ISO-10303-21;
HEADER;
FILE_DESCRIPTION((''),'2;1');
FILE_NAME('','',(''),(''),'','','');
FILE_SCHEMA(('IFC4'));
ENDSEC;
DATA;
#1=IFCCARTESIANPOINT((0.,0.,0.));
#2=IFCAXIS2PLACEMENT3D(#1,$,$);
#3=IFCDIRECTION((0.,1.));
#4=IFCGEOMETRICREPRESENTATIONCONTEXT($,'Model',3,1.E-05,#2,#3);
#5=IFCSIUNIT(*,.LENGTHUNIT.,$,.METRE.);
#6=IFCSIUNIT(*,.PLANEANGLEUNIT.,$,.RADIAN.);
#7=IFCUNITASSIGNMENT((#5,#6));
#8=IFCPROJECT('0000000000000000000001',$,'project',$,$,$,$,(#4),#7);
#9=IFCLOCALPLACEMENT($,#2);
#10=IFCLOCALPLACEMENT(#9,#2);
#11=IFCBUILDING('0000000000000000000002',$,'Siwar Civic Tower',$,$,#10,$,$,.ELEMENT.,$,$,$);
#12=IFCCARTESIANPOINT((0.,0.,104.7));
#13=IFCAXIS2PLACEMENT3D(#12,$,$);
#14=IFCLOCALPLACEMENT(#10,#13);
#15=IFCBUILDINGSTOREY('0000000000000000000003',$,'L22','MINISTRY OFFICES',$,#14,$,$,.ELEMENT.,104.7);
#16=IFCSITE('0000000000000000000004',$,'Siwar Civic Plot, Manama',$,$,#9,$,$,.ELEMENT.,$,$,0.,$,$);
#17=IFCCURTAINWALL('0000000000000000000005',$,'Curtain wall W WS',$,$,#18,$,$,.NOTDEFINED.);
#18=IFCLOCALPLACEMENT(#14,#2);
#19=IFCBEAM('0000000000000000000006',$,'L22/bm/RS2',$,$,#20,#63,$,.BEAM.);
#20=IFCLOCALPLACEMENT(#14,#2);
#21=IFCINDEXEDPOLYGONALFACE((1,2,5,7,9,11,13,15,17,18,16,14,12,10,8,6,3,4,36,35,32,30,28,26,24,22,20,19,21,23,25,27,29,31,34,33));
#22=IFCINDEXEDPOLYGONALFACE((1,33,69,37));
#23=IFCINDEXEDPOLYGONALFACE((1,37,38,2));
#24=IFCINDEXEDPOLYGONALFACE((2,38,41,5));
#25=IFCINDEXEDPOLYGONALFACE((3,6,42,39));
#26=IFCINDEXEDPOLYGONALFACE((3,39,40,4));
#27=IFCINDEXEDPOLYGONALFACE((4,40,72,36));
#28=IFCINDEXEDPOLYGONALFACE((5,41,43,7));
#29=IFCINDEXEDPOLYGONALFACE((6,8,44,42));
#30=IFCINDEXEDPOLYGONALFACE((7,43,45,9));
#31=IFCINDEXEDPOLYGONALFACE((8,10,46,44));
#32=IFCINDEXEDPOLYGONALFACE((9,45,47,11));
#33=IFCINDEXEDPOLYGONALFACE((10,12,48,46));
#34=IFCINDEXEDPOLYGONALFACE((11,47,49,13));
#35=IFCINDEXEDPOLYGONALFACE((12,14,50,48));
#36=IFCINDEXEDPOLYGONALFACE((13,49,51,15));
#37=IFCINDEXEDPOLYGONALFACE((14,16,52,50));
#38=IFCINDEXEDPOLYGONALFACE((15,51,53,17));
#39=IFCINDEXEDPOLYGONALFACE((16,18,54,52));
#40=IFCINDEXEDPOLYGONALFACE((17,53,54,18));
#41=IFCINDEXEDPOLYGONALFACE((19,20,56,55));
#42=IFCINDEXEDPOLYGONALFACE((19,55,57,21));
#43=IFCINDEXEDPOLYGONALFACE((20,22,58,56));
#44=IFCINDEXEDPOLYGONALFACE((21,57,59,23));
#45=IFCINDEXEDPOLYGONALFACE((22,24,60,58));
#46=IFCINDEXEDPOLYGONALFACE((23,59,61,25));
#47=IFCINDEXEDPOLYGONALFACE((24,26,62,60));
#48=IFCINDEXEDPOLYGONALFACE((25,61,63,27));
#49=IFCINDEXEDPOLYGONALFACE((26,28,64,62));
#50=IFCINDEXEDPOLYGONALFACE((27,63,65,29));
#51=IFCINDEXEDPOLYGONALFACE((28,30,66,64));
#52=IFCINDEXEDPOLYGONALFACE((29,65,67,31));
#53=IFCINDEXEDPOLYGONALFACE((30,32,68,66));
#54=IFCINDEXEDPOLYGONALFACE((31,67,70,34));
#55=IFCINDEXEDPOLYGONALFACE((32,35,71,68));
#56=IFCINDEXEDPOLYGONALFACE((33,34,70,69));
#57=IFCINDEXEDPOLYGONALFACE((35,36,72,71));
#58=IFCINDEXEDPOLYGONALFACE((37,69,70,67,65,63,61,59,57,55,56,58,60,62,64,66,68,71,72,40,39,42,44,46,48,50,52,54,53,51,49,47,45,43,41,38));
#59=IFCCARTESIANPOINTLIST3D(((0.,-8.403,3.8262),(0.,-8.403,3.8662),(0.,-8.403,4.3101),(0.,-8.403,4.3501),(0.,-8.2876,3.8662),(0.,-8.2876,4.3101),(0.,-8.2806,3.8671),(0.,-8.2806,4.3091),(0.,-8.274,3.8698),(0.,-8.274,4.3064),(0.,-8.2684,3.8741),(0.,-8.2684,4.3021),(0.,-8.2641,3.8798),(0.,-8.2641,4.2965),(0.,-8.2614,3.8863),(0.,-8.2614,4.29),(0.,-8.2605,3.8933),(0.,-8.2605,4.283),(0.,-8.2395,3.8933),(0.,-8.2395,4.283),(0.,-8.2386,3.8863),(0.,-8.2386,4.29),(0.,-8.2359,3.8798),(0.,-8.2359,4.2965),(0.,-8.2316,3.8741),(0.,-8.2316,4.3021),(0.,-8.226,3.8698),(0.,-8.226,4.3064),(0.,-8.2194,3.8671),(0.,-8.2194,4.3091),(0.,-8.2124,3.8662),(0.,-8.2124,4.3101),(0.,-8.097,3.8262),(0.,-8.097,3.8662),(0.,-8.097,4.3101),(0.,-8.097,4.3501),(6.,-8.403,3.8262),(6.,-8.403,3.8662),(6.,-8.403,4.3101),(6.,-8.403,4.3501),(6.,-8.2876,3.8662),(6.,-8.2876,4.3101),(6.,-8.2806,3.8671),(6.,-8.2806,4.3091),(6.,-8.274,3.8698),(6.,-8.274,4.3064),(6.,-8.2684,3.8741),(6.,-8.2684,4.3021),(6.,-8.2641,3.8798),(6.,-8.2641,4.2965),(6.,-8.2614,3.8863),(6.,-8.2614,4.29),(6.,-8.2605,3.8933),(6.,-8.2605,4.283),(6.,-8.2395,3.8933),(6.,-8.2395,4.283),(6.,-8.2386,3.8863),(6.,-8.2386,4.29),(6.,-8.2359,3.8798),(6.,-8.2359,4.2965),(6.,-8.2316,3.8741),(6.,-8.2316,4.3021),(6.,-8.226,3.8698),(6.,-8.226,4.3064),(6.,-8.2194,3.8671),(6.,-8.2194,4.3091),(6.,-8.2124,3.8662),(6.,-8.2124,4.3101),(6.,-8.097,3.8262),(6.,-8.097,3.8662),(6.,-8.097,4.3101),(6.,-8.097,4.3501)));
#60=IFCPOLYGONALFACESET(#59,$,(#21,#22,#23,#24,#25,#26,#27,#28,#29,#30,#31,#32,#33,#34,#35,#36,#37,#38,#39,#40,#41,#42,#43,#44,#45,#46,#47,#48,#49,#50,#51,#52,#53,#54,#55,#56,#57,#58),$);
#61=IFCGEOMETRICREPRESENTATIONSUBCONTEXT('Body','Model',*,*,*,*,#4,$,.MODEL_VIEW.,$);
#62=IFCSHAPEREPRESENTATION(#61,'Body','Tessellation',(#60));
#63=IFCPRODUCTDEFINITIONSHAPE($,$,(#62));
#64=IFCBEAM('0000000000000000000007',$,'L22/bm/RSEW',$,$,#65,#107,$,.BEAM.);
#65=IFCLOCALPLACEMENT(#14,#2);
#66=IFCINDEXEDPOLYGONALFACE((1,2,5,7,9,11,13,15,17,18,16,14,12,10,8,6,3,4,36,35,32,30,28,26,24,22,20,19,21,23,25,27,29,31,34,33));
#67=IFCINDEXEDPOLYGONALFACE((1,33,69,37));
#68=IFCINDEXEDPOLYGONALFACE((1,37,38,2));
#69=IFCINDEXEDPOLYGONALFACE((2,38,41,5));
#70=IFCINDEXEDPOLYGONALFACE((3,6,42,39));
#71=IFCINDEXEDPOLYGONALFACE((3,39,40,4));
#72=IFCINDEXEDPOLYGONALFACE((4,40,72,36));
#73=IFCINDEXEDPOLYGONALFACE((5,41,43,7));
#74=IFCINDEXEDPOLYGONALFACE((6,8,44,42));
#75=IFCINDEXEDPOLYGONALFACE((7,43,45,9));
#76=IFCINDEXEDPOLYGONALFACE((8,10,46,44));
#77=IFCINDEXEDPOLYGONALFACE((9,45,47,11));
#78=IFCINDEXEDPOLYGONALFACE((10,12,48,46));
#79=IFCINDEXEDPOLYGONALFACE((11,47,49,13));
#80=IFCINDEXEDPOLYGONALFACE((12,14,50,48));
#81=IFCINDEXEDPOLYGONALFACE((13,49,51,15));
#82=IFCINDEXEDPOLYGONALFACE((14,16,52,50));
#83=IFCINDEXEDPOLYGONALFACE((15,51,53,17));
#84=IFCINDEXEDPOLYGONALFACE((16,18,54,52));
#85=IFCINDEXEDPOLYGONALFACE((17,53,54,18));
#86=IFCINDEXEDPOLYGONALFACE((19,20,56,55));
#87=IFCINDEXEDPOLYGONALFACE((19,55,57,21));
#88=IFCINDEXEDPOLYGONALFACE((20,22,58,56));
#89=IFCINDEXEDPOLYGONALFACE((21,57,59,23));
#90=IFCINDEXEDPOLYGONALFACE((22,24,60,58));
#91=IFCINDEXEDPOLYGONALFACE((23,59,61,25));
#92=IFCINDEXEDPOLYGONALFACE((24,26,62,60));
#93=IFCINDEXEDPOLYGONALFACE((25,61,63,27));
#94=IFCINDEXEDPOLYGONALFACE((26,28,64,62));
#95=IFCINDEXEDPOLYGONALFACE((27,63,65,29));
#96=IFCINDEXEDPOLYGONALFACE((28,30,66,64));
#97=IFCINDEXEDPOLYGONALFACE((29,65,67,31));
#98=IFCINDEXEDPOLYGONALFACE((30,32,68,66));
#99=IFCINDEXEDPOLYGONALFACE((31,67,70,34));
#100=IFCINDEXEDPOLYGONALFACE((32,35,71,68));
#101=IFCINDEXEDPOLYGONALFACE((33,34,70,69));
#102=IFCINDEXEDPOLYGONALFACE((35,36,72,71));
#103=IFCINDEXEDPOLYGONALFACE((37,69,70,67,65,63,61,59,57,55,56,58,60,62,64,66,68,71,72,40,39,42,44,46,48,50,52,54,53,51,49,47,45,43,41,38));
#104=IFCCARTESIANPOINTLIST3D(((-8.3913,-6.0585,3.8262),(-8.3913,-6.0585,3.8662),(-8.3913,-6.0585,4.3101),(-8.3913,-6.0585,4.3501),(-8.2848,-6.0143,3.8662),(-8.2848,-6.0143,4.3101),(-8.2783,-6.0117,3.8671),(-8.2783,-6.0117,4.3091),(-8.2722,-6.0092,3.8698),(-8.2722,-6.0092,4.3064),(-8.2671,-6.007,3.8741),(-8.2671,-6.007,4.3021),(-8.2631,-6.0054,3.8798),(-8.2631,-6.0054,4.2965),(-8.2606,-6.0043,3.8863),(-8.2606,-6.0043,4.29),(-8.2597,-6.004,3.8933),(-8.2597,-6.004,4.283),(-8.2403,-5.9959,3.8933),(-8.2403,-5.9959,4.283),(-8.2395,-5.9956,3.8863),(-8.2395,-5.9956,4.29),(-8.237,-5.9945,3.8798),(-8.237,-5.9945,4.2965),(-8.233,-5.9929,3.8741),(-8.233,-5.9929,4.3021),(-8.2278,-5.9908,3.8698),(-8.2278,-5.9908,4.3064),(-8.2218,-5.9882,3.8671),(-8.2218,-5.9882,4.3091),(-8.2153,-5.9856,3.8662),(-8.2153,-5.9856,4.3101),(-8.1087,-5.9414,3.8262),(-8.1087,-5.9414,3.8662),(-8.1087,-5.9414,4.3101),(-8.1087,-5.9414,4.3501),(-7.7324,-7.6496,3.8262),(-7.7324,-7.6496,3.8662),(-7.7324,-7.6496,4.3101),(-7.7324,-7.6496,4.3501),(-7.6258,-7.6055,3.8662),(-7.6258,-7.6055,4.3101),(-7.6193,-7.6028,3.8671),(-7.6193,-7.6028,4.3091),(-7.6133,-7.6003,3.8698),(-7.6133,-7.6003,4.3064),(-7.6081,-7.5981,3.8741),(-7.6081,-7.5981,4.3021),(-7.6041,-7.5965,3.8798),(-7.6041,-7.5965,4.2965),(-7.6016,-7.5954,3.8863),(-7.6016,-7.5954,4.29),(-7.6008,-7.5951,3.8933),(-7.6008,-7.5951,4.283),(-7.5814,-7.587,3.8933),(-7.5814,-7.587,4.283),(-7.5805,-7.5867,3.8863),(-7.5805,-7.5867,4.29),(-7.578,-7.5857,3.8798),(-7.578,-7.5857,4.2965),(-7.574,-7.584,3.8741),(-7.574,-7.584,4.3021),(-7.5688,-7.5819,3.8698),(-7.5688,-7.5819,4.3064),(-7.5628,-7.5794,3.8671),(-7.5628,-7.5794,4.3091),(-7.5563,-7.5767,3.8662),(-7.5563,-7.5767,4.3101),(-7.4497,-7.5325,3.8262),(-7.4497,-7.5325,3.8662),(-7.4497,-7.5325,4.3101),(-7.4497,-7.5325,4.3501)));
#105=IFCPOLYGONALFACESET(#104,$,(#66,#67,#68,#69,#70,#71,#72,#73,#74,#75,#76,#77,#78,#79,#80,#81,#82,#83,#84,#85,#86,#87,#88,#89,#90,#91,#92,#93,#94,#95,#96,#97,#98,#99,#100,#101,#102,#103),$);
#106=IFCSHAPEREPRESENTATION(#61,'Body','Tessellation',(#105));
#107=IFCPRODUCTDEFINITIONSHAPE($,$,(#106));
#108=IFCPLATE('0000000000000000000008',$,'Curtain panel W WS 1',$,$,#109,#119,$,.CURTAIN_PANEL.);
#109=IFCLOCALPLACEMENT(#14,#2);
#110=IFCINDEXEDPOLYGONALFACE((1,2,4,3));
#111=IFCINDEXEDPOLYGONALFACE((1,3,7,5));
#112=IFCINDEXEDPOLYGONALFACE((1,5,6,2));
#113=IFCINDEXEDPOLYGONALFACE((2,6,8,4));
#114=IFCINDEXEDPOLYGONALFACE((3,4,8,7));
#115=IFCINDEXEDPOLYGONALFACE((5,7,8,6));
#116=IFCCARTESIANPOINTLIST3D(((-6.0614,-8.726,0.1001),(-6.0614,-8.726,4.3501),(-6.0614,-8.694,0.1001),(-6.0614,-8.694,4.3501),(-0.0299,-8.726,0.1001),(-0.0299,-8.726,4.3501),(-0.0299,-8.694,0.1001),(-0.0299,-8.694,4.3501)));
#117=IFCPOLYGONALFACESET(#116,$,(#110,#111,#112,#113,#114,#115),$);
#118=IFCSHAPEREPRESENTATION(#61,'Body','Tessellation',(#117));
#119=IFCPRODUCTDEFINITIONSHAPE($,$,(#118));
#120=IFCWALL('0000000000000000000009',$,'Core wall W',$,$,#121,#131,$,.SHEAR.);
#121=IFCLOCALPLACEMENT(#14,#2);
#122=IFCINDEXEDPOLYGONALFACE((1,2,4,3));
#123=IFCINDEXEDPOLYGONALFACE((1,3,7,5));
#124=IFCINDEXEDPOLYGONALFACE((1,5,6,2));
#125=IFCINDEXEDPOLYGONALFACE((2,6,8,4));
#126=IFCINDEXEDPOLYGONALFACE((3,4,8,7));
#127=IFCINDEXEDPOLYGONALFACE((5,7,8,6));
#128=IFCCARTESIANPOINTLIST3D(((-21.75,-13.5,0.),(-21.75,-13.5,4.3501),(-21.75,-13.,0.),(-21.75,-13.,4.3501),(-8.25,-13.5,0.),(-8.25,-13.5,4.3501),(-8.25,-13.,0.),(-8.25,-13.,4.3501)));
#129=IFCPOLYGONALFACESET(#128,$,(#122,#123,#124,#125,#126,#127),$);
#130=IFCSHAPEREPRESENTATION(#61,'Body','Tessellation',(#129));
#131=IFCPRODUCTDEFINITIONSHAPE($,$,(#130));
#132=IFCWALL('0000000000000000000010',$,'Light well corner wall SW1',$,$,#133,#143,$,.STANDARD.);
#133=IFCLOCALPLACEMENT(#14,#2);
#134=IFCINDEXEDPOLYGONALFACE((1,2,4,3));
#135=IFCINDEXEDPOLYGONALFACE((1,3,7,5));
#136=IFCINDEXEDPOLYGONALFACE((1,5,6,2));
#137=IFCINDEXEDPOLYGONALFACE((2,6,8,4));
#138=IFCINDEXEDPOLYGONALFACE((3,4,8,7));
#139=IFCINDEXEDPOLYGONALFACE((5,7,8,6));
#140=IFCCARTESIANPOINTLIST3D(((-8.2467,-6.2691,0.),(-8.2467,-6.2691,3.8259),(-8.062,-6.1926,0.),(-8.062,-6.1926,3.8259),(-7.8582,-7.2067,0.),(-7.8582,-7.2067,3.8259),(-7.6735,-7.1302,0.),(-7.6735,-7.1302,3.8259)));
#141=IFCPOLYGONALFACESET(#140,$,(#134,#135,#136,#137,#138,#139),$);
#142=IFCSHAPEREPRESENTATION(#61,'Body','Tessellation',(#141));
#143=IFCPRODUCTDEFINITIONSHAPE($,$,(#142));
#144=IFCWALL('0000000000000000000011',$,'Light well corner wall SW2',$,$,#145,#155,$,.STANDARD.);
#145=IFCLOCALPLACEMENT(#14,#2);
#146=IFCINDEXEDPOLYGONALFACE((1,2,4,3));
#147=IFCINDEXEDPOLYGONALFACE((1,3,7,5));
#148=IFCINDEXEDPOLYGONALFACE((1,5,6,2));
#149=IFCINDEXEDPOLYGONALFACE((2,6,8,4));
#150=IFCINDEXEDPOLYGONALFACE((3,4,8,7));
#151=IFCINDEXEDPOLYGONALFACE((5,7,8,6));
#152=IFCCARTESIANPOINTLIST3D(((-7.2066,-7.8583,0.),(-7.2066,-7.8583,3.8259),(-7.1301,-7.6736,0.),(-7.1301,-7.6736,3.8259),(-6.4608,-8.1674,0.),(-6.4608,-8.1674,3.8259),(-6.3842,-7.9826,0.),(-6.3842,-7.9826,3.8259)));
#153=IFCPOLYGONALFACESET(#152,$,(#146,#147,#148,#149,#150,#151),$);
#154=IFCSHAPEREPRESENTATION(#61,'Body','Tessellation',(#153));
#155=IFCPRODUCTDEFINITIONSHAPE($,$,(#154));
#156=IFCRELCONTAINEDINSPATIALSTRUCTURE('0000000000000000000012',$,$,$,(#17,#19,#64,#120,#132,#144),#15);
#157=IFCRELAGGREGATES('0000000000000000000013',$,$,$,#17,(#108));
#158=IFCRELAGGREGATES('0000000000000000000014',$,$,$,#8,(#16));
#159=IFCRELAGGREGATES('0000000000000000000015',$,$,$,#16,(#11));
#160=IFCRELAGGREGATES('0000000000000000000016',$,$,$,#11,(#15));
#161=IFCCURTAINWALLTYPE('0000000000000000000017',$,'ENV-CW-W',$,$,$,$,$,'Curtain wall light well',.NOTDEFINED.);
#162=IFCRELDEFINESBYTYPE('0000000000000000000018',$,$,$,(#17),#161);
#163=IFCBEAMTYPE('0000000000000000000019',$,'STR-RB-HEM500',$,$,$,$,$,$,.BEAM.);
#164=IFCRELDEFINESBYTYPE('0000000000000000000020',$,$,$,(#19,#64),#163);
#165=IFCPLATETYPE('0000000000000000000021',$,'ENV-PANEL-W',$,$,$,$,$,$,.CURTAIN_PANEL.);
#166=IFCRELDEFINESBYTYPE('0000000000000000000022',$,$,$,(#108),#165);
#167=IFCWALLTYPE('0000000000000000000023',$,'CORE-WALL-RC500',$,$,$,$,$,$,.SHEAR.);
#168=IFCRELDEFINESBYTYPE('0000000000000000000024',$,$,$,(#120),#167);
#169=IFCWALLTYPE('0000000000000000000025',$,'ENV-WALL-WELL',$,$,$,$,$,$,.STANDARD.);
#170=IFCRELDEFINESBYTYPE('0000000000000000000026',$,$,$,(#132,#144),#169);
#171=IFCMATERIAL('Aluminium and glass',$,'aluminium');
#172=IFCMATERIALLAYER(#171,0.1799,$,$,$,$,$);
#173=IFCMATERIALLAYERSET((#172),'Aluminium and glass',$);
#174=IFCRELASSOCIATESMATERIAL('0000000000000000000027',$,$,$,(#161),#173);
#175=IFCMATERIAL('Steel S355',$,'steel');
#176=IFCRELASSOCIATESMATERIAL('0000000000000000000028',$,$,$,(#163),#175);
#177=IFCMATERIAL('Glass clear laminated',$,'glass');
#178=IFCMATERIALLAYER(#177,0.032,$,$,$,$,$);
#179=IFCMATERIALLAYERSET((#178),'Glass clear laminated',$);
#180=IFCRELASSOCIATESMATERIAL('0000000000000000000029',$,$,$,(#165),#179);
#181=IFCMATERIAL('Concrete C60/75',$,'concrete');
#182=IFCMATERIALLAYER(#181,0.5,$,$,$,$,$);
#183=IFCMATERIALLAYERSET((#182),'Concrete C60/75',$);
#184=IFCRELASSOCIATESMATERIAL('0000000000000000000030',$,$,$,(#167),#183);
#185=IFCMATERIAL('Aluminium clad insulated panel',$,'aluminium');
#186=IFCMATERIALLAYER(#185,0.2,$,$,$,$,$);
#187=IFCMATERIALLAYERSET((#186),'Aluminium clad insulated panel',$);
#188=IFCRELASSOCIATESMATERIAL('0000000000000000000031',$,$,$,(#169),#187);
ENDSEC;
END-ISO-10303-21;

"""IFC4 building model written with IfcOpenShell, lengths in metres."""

from ifc_helpers import new_model, si_unit, direction, frame, frame_2d, origin, origin_2d, place, context, subcontext, project, spatial, rectangle, i_section, extrude, material, layer, layer_set, material_profile, profile_set, type_object, element, aggregate, save


model = new_model("IFC4")

# Units and contexts
model_context = context("Model", 3, precision=1e-05, world=origin(), true_north=direction((0.0, 1.0)))
body_context = subcontext(model_context, "Body", "Model", "MODEL_VIEW")
ifc_project = project(units=[si_unit("LENGTHUNIT", "METRE"), si_unit("PLANEANGLEUNIT", "RADIAN")], contexts=[model_context])

# Site, building, storey
site_placement = place(None, origin())
site = spatial("IfcSite", under=ifc_project, at=site_placement, Name="Siwar Civic Plot, Manama", CompositionType="ELEMENT", RefElevation=0.0)
building_placement = place(site_placement, origin())
building = spatial("IfcBuilding", under=site, at=building_placement, Name="Siwar Civic Tower", CompositionType="ELEMENT")
storey_placement = place(building_placement, frame((0.0, 0.0, 104.7)))
storey = spatial("IfcBuildingStorey", under=building, at=storey_placement, Name="L22", Description="MINISTRY OFFICES", CompositionType="ELEMENT", Elevation=104.7)

# Curtain wall
ifc_material_1 = material(Name="Aluminium and glass", Category="aluminium")
ifc_layer_1 = layer(ifc_material_1, 0.1799)
ifc_layer_set_1 = layer_set([ifc_layer_1], Name="Aluminium and glass")
curtain_wall_type = type_object("IfcCurtainWallType", Name="ENV-CW-W", ElementType="Curtain wall light well", PredefinedType="NOTDEFINED", material=ifc_layer_set_1)
curtain_wall_placement = place(storey_placement, origin())
curtain_wall = element("IfcCurtainWall", 1, at=curtain_wall_placement, inside=storey, type_object=curtain_wall_type, Name="Curtain wall W WS", PredefinedType="NOTDEFINED")

# Beams
ifc_material_2 = material(Name="Steel S355", Category="steel")
ifc_material_profile_1 = material_profile(ifc_material_2, i_section(OverallWidth=0.3059, OverallDepth=0.5239, WebThickness=0.021, FlangeThickness=0.04, FilletRadius=0.0271, at=origin_2d()), Name="HEM500")
ifc_profile_set_1 = profile_set([ifc_material_profile_1], Name="Steel S355")
beam_type = type_object("IfcBeamType", Name="STR-RB-HEM500", PredefinedType="BEAM", material=ifc_profile_set_1)
for number, where, z_axis, x_axis, name in (
    (2, (0.0, -8.25, 4.0881), (1.0, 0.0, 0.0), (0.0, 1.0, 0.0), "L22/bm/RS2"),
):
    element("IfcBeam", number, at=place(storey_placement, frame(where, z_axis=z_axis, x_axis=x_axis)), inside=storey, type_object=beam_type, Name=name, PredefinedType="BEAM", context=body_context, shape_type="SweptSolid", body=[
        extrude(i_section(OverallWidth=0.3059, OverallDepth=0.5239, WebThickness=0.021, FlangeThickness=0.04, FilletRadius=0.0271, at=origin_2d()), origin(), (0.0, 0.0, 1.0), 6.0),
    ])
beam_1_placement = place(storey_placement, frame((-7.5911, -7.5911, 4.0881), z_axis=(-0.382631, 0.923901, 0.0), x_axis=(-0.923901, -0.382631, 0.0)))
element("IfcBeam", 3, at=beam_1_placement, inside=storey, type_object=beam_type, Name="L22/bm/RSEW", PredefinedType="BEAM", context=body_context, shape_type="SweptSolid", body=[
    extrude(i_section(OverallWidth=0.3059, OverallDepth=0.5239, WebThickness=0.021, FlangeThickness=0.04, FilletRadius=0.0271, at=origin_2d()), origin(), (0.0, 0.0, 1.0), 1.7222),
])

# Plate
ifc_material_3 = material(Name="Glass clear laminated", Category="glass")
ifc_layer_2 = layer(ifc_material_3, 0.032)
ifc_layer_set_2 = layer_set([ifc_layer_2], Name="Glass clear laminated")
plate_type = type_object("IfcPlateType", Name="ENV-PANEL-W", PredefinedType="CURTAIN_PANEL", material=ifc_layer_set_2)
plate_placement = place(storey_placement, frame((-3.0457, -8.71, 0.1001), z_axis=(0.0, 0.0, 1.0), x_axis=(1.0, 0.0, 0.0)))
plate = element("IfcPlate", 4, at=plate_placement, type_object=plate_type, Name="Curtain panel W WS 1", PredefinedType="CURTAIN_PANEL", context=body_context, shape_type="SweptSolid", body=[
    extrude(rectangle(XDim=6.0315, YDim=0.032, at=origin_2d()), origin(), (0.0, 0.0, 1.0), 4.25),
])
aggregate(curtain_wall, [plate])

# Walls
ifc_material_4 = material(Name="Concrete C60/75", Category="concrete")
ifc_layer_3 = layer(ifc_material_4, 0.5)
ifc_layer_set_3 = layer_set([ifc_layer_3], Name="Concrete C60/75")
wall_type_1 = type_object("IfcWallType", Name="CORE-WALL-RC500", PredefinedType="SHEAR", material=ifc_layer_set_3)
wall_1_placement = place(storey_placement, frame((-8.25, -13.25, 0.0), z_axis=(0.0, 0.0, 1.0), x_axis=(-1.0, 0.0, 0.0)))
element("IfcWall", 5, at=wall_1_placement, inside=storey, type_object=wall_type_1, Name="Core wall W", PredefinedType="SHEAR", context=body_context, shape_type="SweptSolid", body=[
    extrude(rectangle(XDim=13.5, YDim=0.5, at=frame_2d((6.75, 0.0))), origin(), (0.0, 0.0, 1.0), 4.3501),
])
ifc_material_5 = material(Name="Aluminium clad insulated panel", Category="aluminium")
ifc_layer_4 = layer(ifc_material_5, 0.2)
ifc_layer_set_4 = layer_set([ifc_layer_4], Name="Aluminium clad insulated panel")
wall_type_2 = type_object("IfcWallType", Name="ENV-WALL-WELL", PredefinedType="STANDARD", material=ifc_layer_set_4)
wall_2_placement = place(storey_placement, frame((-8.1543, -6.231, 0.0), z_axis=(0.0, 0.0, 1.0), x_axis=(0.38277, -0.923844, 0.0)))
element("IfcWall", 6, at=wall_2_placement, inside=storey, type_object=wall_type_2, Name="Light well corner wall SW1", PredefinedType="STANDARD", context=body_context, shape_type="SweptSolid", body=[
    extrude(rectangle(XDim=1.0149, YDim=0.2, at=frame_2d((0.5073, 0.0))), origin(), (0.0, 0.0, 1.0), 3.8259),
])
wall_3_placement = place(storey_placement, frame((-7.1685, -7.7659, 0.0), z_axis=(0.0, 0.0, 1.0), x_axis=(0.923818, -0.382833, 0.0)))
element("IfcWall", 7, at=wall_3_placement, inside=storey, type_object=wall_type_2, Name="Light well corner wall SW2", PredefinedType="STANDARD", context=body_context, shape_type="SweptSolid", body=[
    extrude(rectangle(XDim=0.8074, YDim=0.2, at=frame_2d((0.4038, 0.0))), origin(), (0.0, 0.0, 1.0), 3.8259),
])

save(model, "model.ifc")
